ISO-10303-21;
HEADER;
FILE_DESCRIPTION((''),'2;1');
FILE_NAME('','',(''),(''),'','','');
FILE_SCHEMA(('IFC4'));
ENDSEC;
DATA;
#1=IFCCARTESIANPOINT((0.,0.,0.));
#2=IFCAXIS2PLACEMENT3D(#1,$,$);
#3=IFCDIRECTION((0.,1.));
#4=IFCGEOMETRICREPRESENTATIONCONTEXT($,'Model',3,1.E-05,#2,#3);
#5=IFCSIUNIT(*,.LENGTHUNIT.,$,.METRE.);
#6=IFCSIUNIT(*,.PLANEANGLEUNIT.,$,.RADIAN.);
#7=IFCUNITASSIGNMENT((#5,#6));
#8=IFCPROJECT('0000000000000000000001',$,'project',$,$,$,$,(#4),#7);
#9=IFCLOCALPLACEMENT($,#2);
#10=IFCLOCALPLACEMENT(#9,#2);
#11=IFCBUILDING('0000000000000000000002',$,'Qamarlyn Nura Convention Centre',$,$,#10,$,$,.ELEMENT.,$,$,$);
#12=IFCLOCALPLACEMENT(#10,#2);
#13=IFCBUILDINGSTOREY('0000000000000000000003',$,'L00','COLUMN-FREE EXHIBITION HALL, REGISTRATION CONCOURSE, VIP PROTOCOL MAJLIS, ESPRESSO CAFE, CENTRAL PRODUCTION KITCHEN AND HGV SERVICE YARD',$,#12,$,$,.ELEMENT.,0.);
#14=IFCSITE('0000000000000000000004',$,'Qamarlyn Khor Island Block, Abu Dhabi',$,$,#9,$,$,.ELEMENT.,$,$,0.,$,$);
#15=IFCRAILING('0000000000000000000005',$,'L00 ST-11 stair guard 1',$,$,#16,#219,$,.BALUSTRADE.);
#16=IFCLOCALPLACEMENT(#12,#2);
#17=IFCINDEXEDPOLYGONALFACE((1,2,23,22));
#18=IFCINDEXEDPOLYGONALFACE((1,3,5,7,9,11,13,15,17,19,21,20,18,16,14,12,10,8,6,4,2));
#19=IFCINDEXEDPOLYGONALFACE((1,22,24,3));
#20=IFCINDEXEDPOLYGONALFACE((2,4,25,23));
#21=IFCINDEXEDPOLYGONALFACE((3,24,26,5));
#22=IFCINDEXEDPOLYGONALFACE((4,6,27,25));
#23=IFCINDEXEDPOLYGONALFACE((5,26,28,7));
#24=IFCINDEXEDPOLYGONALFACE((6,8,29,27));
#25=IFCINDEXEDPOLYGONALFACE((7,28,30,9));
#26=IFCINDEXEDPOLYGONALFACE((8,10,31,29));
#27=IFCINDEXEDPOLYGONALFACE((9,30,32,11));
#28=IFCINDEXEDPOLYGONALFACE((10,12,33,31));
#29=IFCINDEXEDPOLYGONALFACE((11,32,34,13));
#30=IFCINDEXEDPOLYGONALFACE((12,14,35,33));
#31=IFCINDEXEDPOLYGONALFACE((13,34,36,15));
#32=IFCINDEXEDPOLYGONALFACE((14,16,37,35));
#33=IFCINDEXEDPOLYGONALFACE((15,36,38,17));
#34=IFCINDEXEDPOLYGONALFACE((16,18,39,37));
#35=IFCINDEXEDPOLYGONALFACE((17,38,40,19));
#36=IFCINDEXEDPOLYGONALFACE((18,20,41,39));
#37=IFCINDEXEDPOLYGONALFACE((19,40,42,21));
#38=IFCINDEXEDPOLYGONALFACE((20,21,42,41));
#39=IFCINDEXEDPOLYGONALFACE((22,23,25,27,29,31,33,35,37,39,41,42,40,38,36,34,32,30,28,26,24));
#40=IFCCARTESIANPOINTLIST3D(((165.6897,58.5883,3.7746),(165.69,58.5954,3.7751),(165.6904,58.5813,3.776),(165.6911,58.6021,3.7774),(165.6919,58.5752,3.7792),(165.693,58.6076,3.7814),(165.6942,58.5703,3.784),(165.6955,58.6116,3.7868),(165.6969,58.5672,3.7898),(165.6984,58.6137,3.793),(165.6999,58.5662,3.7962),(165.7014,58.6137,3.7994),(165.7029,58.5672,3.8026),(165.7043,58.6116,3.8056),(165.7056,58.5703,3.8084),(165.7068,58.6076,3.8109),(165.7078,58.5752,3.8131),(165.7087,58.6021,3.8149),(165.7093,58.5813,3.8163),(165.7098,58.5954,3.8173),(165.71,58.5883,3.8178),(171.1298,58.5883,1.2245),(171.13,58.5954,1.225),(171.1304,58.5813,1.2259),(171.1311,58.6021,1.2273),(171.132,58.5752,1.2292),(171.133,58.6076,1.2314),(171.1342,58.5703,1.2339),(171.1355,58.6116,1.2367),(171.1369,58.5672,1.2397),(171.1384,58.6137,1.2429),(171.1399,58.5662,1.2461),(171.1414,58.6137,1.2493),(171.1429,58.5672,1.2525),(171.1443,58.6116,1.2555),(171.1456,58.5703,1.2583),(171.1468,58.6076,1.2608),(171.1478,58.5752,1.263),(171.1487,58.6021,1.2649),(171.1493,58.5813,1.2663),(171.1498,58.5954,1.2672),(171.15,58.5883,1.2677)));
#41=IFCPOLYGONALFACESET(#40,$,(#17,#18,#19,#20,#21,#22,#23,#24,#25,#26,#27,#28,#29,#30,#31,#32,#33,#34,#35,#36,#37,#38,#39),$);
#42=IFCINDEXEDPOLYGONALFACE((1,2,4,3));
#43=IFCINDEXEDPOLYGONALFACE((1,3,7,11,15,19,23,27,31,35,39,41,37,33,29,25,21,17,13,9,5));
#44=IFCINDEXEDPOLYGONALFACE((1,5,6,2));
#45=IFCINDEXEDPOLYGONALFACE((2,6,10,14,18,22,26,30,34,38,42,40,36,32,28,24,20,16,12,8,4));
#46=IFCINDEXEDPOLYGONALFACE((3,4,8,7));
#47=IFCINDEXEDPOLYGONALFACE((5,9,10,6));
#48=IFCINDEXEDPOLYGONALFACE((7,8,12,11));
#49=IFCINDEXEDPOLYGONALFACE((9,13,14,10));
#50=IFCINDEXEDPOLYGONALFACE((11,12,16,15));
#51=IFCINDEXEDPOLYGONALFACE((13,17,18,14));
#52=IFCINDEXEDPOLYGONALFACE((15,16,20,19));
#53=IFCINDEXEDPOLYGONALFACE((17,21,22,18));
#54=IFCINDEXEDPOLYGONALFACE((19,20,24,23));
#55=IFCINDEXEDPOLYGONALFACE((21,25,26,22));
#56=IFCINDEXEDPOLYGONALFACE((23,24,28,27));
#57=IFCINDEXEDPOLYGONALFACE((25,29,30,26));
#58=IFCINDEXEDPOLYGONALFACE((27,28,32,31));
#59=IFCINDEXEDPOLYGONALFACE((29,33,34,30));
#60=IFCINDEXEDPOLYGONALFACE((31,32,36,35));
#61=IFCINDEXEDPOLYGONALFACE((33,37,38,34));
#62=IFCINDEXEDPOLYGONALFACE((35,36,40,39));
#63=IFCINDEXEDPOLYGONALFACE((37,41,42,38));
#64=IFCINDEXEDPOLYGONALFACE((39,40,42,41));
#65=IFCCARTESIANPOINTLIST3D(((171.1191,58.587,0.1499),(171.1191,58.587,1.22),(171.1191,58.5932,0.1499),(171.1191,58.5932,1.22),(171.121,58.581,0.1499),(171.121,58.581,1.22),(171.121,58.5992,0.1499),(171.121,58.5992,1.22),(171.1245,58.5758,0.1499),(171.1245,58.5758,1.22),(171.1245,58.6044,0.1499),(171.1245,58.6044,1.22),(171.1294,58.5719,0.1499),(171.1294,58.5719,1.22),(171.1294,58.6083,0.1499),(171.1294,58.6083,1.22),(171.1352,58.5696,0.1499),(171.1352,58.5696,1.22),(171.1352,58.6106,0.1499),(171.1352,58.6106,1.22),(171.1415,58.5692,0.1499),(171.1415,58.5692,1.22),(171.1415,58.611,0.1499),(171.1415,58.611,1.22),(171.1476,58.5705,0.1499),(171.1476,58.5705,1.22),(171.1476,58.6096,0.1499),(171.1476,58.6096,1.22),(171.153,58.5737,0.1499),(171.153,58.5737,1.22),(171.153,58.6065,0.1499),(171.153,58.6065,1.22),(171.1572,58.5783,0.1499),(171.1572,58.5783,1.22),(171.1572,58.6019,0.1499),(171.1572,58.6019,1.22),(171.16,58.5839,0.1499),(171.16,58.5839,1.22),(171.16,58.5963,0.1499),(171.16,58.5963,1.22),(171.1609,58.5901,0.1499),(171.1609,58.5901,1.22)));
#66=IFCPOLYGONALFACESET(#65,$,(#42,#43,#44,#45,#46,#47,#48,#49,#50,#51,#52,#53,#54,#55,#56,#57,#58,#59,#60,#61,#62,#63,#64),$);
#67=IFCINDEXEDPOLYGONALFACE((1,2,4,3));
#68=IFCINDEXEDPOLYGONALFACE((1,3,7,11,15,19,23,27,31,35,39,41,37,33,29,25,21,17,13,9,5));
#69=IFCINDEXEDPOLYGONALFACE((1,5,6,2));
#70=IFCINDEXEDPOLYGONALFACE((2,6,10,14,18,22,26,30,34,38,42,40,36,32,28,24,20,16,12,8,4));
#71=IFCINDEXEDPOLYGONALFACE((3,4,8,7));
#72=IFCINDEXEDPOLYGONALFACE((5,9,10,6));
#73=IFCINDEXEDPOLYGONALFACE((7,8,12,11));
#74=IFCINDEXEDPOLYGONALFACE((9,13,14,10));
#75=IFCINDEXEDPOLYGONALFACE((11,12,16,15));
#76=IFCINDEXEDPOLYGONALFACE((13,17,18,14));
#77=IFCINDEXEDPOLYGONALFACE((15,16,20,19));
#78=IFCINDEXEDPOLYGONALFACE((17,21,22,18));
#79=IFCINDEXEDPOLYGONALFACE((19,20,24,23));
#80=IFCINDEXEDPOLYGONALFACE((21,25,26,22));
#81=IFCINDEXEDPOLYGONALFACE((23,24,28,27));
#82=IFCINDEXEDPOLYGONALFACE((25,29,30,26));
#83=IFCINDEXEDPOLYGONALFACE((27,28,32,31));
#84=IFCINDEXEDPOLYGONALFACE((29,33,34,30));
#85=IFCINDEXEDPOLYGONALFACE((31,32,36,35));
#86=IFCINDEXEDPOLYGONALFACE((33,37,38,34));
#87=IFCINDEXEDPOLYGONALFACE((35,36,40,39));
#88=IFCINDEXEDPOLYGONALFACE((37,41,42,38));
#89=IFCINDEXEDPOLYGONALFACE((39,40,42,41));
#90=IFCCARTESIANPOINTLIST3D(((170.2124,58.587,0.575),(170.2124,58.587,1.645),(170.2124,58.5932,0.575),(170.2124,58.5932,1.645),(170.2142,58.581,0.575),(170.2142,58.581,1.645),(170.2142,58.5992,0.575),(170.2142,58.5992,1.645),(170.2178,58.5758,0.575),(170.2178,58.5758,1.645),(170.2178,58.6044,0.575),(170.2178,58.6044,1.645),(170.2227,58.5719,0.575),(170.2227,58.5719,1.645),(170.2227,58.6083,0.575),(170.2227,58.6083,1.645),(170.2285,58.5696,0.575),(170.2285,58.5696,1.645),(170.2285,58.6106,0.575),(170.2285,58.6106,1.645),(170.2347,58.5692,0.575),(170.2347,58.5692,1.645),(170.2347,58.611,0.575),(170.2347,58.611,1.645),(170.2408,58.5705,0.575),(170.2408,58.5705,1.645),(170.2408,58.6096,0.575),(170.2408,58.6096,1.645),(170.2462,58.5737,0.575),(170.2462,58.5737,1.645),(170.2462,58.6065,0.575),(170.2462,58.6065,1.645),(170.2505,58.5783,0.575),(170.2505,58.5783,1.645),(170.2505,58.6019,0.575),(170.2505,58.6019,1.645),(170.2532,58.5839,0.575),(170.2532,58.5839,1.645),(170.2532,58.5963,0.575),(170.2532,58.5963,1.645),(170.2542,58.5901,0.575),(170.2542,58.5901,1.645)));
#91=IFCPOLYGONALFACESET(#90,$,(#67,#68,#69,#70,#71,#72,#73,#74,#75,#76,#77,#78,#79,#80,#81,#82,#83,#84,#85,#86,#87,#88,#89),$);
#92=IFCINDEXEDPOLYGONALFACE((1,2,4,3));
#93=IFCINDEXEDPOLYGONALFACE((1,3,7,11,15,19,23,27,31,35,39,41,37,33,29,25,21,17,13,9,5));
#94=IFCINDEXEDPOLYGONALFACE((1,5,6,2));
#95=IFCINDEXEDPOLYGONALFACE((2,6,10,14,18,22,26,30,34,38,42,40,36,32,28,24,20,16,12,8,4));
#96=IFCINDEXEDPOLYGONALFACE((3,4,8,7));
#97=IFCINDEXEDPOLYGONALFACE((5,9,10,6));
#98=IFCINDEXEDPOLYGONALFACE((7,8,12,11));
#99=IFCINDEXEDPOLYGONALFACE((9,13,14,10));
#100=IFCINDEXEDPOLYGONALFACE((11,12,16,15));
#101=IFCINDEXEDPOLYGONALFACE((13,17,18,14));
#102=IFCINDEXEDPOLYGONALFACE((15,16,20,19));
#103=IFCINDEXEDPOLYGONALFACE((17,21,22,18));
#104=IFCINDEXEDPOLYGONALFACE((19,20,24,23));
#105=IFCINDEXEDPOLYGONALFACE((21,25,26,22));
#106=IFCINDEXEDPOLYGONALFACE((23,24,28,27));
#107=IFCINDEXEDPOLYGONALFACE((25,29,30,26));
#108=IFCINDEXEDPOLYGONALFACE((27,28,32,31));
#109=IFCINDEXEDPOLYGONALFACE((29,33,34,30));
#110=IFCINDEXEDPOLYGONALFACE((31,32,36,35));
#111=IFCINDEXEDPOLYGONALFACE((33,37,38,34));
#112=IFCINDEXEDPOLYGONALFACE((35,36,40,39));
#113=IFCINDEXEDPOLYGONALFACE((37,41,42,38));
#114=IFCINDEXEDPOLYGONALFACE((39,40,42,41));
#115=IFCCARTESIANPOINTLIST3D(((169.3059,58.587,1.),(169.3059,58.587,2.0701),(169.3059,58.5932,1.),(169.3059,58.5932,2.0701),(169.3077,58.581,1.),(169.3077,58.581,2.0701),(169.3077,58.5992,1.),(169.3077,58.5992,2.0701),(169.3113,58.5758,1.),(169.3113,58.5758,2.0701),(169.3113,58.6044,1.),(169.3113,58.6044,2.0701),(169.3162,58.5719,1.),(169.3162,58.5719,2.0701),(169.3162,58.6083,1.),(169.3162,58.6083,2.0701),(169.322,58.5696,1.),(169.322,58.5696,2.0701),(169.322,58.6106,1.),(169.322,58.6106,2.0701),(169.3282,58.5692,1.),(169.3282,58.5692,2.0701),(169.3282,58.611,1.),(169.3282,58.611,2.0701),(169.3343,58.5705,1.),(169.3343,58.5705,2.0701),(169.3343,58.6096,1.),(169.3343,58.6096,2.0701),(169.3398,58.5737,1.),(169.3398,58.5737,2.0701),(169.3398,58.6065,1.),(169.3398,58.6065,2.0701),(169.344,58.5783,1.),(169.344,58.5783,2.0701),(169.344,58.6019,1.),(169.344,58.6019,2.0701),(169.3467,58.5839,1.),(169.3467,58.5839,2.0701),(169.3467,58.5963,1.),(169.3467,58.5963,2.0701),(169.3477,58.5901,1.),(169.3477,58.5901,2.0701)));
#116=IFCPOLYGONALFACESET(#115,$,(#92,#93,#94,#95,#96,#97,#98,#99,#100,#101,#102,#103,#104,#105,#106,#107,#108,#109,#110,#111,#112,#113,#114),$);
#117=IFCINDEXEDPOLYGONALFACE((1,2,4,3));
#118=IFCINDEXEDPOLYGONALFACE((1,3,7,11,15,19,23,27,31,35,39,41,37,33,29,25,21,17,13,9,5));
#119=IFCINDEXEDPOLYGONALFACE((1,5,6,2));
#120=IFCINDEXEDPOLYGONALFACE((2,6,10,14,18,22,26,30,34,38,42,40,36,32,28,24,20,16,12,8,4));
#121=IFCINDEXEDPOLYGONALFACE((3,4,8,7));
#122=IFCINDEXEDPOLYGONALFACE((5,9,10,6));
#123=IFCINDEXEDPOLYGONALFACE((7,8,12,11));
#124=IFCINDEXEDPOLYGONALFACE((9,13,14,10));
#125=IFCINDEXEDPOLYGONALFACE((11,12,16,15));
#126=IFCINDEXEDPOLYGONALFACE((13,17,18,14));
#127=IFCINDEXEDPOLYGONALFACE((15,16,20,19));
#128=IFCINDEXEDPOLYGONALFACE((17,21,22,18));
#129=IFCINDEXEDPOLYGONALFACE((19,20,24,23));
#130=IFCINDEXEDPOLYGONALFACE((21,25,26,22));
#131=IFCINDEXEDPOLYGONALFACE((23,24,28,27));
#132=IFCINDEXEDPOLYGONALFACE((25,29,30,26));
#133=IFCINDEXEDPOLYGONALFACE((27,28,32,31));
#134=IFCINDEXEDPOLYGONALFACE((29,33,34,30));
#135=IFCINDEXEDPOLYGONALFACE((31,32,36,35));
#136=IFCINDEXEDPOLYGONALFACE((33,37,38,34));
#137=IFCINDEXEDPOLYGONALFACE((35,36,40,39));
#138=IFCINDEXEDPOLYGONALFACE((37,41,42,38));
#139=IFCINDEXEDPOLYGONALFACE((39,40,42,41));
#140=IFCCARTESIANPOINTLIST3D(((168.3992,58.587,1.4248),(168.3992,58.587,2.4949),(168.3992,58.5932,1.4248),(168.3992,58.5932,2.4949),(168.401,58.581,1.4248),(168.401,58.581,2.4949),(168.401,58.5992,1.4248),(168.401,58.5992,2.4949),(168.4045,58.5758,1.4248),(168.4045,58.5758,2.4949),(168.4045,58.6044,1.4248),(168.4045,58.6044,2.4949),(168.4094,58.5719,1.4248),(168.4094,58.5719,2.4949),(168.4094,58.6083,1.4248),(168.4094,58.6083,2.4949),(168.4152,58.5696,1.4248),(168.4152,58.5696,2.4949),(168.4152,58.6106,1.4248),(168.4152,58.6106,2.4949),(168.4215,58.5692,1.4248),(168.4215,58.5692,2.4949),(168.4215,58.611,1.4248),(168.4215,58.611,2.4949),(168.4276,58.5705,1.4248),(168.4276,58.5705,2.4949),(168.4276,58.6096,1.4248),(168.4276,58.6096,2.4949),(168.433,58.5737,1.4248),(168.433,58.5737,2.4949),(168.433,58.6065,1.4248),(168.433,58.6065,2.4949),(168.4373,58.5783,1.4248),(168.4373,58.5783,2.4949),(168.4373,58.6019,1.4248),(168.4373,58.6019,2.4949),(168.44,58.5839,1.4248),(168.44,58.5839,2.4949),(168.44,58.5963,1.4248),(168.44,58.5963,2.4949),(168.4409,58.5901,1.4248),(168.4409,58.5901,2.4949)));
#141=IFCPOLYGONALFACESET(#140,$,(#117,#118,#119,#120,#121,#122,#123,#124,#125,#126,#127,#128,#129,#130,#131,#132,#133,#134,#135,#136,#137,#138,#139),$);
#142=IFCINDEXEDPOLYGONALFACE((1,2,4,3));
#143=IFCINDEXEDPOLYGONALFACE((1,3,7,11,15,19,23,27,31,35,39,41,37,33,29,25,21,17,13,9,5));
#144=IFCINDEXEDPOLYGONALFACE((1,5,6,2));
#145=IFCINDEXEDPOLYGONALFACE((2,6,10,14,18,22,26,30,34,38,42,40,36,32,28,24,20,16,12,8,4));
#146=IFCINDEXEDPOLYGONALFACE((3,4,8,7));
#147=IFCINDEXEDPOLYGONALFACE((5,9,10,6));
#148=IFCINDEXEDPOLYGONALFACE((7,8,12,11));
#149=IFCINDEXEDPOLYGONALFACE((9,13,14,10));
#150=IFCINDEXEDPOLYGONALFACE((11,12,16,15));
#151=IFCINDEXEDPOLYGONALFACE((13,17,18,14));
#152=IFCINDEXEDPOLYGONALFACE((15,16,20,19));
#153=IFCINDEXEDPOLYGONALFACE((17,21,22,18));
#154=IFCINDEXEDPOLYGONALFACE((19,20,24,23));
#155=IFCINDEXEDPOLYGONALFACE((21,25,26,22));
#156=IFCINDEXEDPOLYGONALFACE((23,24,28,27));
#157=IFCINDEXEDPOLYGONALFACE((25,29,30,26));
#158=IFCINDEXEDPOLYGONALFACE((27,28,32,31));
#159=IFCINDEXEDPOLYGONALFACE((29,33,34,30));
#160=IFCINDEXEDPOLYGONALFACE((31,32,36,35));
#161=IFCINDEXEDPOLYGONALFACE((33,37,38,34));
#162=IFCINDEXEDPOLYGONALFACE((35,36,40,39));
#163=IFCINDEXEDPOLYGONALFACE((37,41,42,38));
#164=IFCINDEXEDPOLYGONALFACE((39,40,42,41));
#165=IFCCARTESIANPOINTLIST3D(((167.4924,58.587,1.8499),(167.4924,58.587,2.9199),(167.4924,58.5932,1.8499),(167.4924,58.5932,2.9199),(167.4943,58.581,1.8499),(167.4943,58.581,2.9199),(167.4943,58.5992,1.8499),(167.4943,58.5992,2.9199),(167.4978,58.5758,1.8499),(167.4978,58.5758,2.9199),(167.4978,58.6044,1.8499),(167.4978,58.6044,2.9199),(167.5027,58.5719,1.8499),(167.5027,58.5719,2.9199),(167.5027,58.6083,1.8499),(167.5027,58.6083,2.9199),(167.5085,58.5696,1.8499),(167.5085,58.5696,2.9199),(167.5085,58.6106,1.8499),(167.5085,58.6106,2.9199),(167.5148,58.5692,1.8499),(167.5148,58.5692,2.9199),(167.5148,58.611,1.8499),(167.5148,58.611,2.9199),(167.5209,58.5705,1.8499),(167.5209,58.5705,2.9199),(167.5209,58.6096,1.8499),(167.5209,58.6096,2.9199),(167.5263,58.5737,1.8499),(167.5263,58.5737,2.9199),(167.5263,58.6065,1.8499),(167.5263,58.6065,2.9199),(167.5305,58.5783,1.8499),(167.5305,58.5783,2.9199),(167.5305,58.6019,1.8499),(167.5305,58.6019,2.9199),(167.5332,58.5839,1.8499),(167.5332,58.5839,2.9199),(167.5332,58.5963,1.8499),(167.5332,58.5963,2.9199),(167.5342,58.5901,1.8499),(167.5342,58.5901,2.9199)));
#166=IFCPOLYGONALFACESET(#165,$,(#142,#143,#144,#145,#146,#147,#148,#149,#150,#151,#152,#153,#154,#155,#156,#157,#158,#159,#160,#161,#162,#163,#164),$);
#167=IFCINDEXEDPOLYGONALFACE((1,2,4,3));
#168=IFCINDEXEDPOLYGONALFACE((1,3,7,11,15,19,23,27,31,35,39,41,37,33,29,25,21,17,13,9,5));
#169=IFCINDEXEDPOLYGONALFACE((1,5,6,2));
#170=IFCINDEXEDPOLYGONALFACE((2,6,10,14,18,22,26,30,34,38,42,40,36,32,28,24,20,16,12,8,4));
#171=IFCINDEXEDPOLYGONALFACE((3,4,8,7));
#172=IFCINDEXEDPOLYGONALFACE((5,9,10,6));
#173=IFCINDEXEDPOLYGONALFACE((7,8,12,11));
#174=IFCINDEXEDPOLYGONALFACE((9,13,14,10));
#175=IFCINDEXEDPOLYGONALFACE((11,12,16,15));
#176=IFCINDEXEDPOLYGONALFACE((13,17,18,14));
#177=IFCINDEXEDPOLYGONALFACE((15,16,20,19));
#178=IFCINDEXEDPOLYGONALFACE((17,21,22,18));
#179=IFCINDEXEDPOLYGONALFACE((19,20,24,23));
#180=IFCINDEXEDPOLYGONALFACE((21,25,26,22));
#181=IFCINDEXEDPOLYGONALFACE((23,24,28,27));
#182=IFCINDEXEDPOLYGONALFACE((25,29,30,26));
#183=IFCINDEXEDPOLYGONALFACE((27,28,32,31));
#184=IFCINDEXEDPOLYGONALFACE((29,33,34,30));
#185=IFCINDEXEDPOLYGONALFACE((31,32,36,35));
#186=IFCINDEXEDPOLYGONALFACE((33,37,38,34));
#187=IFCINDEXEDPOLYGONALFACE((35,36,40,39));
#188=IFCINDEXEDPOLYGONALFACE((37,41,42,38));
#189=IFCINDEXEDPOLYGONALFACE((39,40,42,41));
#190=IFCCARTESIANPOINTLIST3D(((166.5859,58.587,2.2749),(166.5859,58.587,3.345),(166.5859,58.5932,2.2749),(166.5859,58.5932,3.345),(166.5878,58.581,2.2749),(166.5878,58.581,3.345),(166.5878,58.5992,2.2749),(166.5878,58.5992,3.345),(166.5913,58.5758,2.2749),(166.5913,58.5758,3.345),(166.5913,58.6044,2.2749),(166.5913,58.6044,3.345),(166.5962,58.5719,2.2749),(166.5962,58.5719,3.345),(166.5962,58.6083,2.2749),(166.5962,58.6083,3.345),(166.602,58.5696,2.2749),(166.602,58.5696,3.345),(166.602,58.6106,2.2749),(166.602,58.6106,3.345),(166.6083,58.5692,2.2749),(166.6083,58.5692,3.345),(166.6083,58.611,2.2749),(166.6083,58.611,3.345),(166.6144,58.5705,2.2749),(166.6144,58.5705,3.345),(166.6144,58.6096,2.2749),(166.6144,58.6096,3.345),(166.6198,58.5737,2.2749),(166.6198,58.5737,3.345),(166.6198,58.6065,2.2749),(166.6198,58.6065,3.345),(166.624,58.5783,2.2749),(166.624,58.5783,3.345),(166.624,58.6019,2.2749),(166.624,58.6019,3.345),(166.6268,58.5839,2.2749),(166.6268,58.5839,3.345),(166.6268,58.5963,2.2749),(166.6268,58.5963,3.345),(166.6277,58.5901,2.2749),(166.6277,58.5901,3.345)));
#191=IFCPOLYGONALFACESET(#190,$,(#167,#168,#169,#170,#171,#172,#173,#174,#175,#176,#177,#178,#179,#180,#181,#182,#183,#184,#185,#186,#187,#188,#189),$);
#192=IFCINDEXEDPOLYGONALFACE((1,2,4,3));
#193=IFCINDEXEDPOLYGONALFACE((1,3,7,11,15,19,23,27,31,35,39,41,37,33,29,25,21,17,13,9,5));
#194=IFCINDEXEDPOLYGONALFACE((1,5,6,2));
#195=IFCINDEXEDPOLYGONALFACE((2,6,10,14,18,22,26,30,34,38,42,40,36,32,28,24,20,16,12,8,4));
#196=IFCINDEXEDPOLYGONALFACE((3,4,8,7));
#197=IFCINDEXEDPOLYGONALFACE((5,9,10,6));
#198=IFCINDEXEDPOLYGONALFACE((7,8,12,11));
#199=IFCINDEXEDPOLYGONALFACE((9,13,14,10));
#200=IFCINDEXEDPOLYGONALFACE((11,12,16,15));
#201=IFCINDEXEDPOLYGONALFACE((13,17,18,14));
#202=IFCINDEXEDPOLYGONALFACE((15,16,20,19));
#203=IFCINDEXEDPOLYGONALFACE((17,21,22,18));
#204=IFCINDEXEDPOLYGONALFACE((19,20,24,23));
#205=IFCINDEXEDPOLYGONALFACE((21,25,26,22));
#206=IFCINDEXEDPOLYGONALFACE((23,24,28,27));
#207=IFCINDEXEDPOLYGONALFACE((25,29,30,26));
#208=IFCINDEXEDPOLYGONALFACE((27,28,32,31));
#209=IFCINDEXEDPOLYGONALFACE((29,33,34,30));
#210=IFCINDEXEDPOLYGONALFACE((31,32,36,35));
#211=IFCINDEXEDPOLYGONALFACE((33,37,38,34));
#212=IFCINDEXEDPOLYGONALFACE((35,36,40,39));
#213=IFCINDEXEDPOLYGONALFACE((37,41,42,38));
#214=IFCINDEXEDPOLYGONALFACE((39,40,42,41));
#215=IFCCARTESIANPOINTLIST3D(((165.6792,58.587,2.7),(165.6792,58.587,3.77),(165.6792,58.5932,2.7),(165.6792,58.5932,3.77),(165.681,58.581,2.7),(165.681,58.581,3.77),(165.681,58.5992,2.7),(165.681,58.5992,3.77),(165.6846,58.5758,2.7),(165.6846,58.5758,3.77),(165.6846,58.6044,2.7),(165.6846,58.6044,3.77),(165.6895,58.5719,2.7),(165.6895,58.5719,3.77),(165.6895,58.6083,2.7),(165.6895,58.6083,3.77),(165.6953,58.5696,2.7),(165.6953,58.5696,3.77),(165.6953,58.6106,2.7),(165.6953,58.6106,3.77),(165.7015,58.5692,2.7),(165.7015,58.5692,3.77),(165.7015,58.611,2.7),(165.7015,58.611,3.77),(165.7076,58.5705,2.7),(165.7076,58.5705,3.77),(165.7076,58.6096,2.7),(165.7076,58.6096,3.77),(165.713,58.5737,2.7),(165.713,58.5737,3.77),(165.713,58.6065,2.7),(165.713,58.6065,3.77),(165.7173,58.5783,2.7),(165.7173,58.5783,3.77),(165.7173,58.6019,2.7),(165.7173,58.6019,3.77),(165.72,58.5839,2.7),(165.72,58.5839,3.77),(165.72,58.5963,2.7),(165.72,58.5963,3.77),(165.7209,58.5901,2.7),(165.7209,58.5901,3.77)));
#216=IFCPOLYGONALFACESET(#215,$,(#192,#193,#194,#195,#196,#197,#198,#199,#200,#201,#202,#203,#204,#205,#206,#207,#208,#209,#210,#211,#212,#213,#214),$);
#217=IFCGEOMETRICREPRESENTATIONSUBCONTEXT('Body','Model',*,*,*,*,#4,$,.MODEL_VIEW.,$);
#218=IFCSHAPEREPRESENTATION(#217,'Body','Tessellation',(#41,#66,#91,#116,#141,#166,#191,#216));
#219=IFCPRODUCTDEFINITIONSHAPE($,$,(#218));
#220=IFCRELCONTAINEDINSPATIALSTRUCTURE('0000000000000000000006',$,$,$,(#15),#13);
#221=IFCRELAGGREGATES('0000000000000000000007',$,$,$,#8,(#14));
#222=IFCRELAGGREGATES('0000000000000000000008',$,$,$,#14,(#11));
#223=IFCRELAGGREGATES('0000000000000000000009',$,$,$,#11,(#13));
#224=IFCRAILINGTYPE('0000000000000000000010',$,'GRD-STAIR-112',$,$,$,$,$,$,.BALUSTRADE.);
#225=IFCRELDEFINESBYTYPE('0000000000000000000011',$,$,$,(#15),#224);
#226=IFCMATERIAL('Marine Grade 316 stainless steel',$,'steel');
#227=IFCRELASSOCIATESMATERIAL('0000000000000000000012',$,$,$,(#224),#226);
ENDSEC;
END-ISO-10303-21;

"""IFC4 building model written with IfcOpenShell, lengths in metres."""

from ifc_helpers import new_model, si_unit, direction, frame, origin, origin_2d, place, context, subcontext, project, spatial, circle, extrude, material, type_object, element, save


model = new_model("IFC4")

# Units and contexts
model_context = context("Model", 3, precision=1e-05, world=origin(), true_north=direction((0.0, 1.0)))
body_context = subcontext(model_context, "Body", "Model", "MODEL_VIEW")
ifc_project = project(units=[si_unit("LENGTHUNIT", "METRE"), si_unit("PLANEANGLEUNIT", "RADIAN")], contexts=[model_context])

# Site, building, storey
site_placement = place(None, origin())
site = spatial("IfcSite", under=ifc_project, at=site_placement, Name="Qamarlyn Khor Island Block, Abu Dhabi", CompositionType="ELEMENT", RefElevation=0.0)
building_placement = place(site_placement, origin())
building = spatial("IfcBuilding", under=site, at=building_placement, Name="Qamarlyn Nura Convention Centre", CompositionType="ELEMENT")
storey_placement = place(building_placement, origin())
storey = spatial("IfcBuildingStorey", under=building, at=storey_placement, Name="L00", Description="COLUMN-FREE EXHIBITION HALL, REGISTRATION CONCOURSE, VIP PROTOCOL MAJLIS, ESPRESSO CAFE, CENTRAL PRODUCTION KITCHEN AND HGV SERVICE YARD", CompositionType="ELEMENT", Elevation=0.0)

# Shared definitions
ifc_material_1 = material(Name="Marine Grade 316 stainless steel", Category="steel")

# Railing
railing_type_1 = type_object("IfcRailingType", Name="GRD-STAIR-112", PredefinedType="BALUSTRADE", material=ifc_material_1)
railing_1_placement = place(storey_placement, frame((171.1399, 58.5901, 0.1499)))
element("IfcRailing", 1, at=railing_1_placement, inside=storey, type_object=railing_type_1, Name="L00 ST-11 stair guard 1", PredefinedType="BALUSTRADE", context=body_context, shape_type="SweptSolid", body=[
    extrude(circle(Radius=0.0239, at=origin_2d()), frame((0.0, 0.0, 1.0962), z_axis=(-0.905454, 0.0, 0.424444), x_axis=(0.0, -1.0, 0.0)), (0.0, 0.0, 1.0), 6.0081),
    extrude(circle(Radius=0.021, at=origin_2d()), origin(), (0.0, 0.0, 1.0), 1.0701),
    extrude(circle(Radius=0.021, at=origin_2d()), frame((-0.9067, 0.0, 0.425)), (0.0, 0.0, 1.0), 1.0701),
    extrude(circle(Radius=0.021, at=origin_2d()), frame((-1.8132, 0.0, 0.8501)), (0.0, 0.0, 1.0), 1.0701),
    extrude(circle(Radius=0.021, at=origin_2d()), frame((-2.72, 0.0, 1.2749)), (0.0, 0.0, 1.0), 1.0701),
    extrude(circle(Radius=0.021, at=origin_2d()), frame((-3.6267, 0.0, 1.7)), (0.0, 0.0, 1.0), 1.0701),
    extrude(circle(Radius=0.021, at=origin_2d()), frame((-4.5332, 0.0, 2.125)), (0.0, 0.0, 1.0), 1.0701),
    extrude(circle(Radius=0.021, at=origin_2d()), frame((-5.4399, 0.0, 2.55)), (0.0, 0.0, 1.0), 1.0701),
])

save(model, "model.ifc")
